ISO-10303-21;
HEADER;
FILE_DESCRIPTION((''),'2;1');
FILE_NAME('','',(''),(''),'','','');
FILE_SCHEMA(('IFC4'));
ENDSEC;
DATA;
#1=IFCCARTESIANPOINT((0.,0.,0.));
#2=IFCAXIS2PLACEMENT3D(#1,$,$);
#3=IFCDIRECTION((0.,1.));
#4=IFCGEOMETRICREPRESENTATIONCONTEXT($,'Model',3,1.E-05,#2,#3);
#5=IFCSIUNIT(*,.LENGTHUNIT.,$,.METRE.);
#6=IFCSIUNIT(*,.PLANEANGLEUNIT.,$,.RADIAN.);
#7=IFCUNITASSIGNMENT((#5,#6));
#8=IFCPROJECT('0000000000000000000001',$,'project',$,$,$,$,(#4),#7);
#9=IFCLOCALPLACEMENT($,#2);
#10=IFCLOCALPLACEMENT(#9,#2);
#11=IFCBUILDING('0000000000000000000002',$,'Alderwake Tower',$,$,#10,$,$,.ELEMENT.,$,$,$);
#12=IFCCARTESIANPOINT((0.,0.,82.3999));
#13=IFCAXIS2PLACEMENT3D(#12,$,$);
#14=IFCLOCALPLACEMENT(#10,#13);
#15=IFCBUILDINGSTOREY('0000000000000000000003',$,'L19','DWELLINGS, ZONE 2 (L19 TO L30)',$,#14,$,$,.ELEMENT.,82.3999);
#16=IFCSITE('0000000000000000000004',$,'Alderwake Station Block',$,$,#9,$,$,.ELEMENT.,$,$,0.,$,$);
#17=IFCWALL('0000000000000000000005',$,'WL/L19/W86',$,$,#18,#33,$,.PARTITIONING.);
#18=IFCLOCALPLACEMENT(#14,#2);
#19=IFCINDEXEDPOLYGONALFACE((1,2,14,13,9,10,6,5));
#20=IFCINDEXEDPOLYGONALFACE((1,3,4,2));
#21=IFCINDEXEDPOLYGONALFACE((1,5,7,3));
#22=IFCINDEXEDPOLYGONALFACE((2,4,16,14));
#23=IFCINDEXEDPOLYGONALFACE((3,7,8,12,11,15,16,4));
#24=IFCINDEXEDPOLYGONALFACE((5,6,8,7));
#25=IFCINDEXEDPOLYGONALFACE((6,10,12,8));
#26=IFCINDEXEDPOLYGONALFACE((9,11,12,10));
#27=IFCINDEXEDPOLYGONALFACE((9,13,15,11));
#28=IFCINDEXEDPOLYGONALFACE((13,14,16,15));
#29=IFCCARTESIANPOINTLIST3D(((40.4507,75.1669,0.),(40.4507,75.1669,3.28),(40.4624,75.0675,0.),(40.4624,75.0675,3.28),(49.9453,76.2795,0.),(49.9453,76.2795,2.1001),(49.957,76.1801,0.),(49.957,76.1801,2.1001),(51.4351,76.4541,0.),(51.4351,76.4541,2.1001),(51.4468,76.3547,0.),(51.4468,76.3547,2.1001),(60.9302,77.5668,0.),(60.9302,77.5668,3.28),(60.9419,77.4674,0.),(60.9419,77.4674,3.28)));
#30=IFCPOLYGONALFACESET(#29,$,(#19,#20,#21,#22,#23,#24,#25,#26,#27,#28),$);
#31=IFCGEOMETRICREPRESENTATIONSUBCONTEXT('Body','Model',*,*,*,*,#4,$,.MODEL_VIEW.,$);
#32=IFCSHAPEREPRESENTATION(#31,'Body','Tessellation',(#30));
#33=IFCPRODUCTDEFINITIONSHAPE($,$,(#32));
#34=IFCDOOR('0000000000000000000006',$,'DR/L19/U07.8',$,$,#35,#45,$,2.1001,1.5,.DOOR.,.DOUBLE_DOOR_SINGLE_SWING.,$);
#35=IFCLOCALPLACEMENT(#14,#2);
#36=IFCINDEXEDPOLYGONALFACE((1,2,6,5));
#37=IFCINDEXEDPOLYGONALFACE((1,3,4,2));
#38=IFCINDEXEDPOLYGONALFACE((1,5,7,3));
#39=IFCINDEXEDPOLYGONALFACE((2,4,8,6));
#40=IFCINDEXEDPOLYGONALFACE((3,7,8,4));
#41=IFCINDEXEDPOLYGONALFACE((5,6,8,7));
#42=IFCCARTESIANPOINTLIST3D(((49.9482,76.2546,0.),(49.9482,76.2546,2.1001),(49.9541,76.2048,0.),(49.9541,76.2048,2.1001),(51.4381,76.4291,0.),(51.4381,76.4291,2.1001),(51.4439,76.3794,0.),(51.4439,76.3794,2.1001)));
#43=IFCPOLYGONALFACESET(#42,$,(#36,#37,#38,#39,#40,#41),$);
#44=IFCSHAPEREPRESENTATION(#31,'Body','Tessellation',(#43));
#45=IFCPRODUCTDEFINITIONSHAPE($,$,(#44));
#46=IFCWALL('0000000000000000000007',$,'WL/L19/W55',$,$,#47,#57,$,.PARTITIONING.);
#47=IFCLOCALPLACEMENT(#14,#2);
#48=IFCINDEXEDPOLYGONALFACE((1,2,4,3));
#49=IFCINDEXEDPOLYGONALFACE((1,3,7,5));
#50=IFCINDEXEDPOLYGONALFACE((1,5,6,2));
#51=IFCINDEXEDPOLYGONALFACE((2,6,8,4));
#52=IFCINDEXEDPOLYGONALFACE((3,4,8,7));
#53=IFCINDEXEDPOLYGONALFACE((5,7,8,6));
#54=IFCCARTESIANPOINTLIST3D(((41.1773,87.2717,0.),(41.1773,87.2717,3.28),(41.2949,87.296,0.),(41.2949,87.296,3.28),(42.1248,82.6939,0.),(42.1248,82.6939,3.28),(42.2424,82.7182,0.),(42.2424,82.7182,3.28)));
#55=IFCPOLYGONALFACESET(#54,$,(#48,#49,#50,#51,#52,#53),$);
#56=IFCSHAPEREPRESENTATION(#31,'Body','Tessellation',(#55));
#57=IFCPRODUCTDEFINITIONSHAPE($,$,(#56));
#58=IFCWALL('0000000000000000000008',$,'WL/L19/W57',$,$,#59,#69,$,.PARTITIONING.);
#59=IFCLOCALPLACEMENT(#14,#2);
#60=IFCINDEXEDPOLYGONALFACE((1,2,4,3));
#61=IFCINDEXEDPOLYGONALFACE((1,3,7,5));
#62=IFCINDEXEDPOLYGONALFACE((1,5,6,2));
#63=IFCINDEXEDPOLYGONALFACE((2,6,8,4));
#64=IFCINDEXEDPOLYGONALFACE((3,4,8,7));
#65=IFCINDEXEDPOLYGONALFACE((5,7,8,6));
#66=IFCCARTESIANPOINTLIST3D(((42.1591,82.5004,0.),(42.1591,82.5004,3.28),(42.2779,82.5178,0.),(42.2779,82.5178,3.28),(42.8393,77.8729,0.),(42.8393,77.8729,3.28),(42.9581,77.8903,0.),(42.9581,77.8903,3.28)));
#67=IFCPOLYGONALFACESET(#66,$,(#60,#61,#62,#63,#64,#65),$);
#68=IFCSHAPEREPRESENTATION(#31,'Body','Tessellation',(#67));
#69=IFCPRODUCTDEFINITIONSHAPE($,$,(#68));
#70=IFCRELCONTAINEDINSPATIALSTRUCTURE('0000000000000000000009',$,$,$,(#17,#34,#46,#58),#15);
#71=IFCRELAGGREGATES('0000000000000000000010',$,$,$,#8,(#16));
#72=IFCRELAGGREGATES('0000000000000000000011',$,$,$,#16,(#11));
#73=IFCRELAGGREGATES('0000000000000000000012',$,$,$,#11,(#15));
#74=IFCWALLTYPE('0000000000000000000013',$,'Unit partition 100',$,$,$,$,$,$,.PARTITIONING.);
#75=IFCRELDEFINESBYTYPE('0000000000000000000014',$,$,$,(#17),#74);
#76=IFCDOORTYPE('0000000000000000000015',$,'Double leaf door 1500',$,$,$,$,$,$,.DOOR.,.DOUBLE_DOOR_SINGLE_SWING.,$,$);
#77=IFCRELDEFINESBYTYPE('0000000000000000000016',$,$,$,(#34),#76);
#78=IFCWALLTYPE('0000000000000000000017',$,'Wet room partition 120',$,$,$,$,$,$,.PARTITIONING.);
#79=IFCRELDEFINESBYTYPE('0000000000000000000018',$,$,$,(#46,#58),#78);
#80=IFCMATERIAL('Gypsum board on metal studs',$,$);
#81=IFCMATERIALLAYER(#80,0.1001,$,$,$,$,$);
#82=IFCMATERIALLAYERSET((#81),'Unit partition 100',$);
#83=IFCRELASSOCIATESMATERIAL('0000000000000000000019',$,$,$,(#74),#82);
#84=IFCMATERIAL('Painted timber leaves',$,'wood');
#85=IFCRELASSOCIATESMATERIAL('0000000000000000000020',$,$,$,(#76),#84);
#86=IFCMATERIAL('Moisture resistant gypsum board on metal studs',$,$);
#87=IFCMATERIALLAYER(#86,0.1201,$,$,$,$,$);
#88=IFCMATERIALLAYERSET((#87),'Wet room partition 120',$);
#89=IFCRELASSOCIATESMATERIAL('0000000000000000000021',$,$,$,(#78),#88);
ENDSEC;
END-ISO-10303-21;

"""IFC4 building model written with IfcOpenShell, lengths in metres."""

from ifc_helpers import new_model, si_unit, direction, frame, frame_2d, origin, place, context, subcontext, project, spatial, rectangle, extrude, material, layer, layer_set, type_object, element, fill, save


model = new_model("IFC4")

# Units and contexts
model_context = context("Model", 3, precision=1e-05, world=origin(), true_north=direction((0.0, 1.0)))
body_context = subcontext(model_context, "Body", "Model", "MODEL_VIEW")
ifc_project = project(units=[si_unit("LENGTHUNIT", "METRE"), si_unit("PLANEANGLEUNIT", "RADIAN")], contexts=[model_context])

# Site, building, storey
site_placement = place(None, origin())
site = spatial("IfcSite", under=ifc_project, at=site_placement, Name="Alderwake Station Block", CompositionType="ELEMENT", RefElevation=0.0)
building_placement = place(site_placement, origin())
building = spatial("IfcBuilding", under=site, at=building_placement, Name="Alderwake Tower", CompositionType="ELEMENT")
storey_placement = place(building_placement, frame((0.0, 0.0, 82.3999)))
storey = spatial("IfcBuildingStorey", under=building, at=storey_placement, Name="L19", Description="DWELLINGS, ZONE 2 (L19 TO L30)", CompositionType="ELEMENT", Elevation=82.3999)

# Shared definitions
ifc_material_1 = material(Name="Gypsum board on metal studs")
ifc_layer_1 = layer(ifc_material_1, 0.1001)
ifc_layer_set_1 = layer_set([ifc_layer_1], Name="Unit partition 100")
wall_type_1 = type_object("IfcWallType", Name="Unit partition 100", PredefinedType="PARTITIONING", material=ifc_layer_set_1)

# Wall, opening, door
wall_1_placement = place(storey_placement, frame((40.4565, 75.1172, 0.0), z_axis=(0.0, 0.0, 1.0), x_axis=(0.993204, 0.116389, 0.0)))
wall_1 = element("IfcWall", 1, at=wall_1_placement, inside=storey, type_object=wall_type_1, Name="WL/L19/W86", PredefinedType="PARTITIONING", context=body_context, shape_type="SweptSolid", body=[
    extrude(rectangle(XDim=20.6196, YDim=0.1001, at=frame_2d((10.3098, 0.0))), origin(), (0.0, 0.0, 1.0), 3.28),
])
opening_1_placement = place(wall_1_placement, frame((9.5596, 0.0, 0.0)))
opening_1 = element("IfcOpeningElement", 2, at=opening_1_placement, cuts=wall_1, PredefinedType="OPENING", context=body_context, shape_type="SweptSolid", body=[
    extrude(rectangle(XDim=1.5, YDim=2.1001, at=frame_2d((0.75, 1.05))), frame((0.0, 0.0601, 0.0), z_axis=(0.0, -1.0, 0.0), x_axis=(1.0, 0.0, 0.0)), (0.0, 0.0, 1.0), 0.1201),
])
ifc_material_2 = material(Name="Painted timber leaves", Category="wood")
door_type_1 = type_object("IfcDoorType", Name="Double leaf door 1500", OperationType="DOUBLE_DOOR_SINGLE_SWING", PredefinedType="DOOR", material=ifc_material_2)
door_1_placement = place(opening_1_placement, origin())
door_1 = element("IfcDoor", 3, at=door_1_placement, inside=storey, type_object=door_type_1, Name="DR/L19/U07.8", OperationType="DOUBLE_DOOR_SINGLE_SWING", OverallHeight=2.1001, OverallWidth=1.5, PredefinedType="DOOR", context=body_context, shape_type="SweptSolid", body=[
    extrude(rectangle(XDim=1.5, YDim=2.1001, at=frame_2d((0.75, 1.05))), frame((0.0, 0.0249, 0.0), z_axis=(0.0, -1.0, 0.0), x_axis=(1.0, 0.0, 0.0)), (0.0, 0.0, 1.0), 0.05),
])
fill(opening_1, door_1)

# Walls
ifc_material_3 = material(Name="Moisture resistant gypsum board on metal studs")
ifc_layer_2 = layer(ifc_material_3, 0.1201)
ifc_layer_set_2 = layer_set([ifc_layer_2], Name="Wet room partition 120")
wall_type_2 = type_object("IfcWallType", Name="Wet room partition 120", PredefinedType="PARTITIONING", material=ifc_layer_set_2)
wall_2_placement = place(storey_placement, frame((42.1836, 82.7061, 0.0), z_axis=(0.0, 0.0, 1.0), x_axis=(-0.20268, 0.979245, 0.0)))
element("IfcWall", 4, at=wall_2_placement, inside=storey, type_object=wall_type_2, Name="WL/L19/W55", PredefinedType="PARTITIONING", context=body_context, shape_type="SweptSolid", body=[
    extrude(rectangle(XDim=4.6748, YDim=0.1201, at=frame_2d((2.3374, 0.0))), origin(), (0.0, 0.0, 1.0), 3.28),
])
wall_3_placement = place(storey_placement, frame((42.8987, 77.8816, 0.0), z_axis=(0.0, 0.0, 1.0), x_axis=(-0.145425, 0.989369, 0.0)))
element("IfcWall", 5, at=wall_3_placement, inside=storey, type_object=wall_type_2, Name="WL/L19/W57", PredefinedType="PARTITIONING", context=body_context, shape_type="SweptSolid", body=[
    extrude(rectangle(XDim=4.6772, YDim=0.1201, at=frame_2d((2.3386, 0.0))), origin(), (0.0, 0.0, 1.0), 3.28),
])

save(model, "model.ifc")
